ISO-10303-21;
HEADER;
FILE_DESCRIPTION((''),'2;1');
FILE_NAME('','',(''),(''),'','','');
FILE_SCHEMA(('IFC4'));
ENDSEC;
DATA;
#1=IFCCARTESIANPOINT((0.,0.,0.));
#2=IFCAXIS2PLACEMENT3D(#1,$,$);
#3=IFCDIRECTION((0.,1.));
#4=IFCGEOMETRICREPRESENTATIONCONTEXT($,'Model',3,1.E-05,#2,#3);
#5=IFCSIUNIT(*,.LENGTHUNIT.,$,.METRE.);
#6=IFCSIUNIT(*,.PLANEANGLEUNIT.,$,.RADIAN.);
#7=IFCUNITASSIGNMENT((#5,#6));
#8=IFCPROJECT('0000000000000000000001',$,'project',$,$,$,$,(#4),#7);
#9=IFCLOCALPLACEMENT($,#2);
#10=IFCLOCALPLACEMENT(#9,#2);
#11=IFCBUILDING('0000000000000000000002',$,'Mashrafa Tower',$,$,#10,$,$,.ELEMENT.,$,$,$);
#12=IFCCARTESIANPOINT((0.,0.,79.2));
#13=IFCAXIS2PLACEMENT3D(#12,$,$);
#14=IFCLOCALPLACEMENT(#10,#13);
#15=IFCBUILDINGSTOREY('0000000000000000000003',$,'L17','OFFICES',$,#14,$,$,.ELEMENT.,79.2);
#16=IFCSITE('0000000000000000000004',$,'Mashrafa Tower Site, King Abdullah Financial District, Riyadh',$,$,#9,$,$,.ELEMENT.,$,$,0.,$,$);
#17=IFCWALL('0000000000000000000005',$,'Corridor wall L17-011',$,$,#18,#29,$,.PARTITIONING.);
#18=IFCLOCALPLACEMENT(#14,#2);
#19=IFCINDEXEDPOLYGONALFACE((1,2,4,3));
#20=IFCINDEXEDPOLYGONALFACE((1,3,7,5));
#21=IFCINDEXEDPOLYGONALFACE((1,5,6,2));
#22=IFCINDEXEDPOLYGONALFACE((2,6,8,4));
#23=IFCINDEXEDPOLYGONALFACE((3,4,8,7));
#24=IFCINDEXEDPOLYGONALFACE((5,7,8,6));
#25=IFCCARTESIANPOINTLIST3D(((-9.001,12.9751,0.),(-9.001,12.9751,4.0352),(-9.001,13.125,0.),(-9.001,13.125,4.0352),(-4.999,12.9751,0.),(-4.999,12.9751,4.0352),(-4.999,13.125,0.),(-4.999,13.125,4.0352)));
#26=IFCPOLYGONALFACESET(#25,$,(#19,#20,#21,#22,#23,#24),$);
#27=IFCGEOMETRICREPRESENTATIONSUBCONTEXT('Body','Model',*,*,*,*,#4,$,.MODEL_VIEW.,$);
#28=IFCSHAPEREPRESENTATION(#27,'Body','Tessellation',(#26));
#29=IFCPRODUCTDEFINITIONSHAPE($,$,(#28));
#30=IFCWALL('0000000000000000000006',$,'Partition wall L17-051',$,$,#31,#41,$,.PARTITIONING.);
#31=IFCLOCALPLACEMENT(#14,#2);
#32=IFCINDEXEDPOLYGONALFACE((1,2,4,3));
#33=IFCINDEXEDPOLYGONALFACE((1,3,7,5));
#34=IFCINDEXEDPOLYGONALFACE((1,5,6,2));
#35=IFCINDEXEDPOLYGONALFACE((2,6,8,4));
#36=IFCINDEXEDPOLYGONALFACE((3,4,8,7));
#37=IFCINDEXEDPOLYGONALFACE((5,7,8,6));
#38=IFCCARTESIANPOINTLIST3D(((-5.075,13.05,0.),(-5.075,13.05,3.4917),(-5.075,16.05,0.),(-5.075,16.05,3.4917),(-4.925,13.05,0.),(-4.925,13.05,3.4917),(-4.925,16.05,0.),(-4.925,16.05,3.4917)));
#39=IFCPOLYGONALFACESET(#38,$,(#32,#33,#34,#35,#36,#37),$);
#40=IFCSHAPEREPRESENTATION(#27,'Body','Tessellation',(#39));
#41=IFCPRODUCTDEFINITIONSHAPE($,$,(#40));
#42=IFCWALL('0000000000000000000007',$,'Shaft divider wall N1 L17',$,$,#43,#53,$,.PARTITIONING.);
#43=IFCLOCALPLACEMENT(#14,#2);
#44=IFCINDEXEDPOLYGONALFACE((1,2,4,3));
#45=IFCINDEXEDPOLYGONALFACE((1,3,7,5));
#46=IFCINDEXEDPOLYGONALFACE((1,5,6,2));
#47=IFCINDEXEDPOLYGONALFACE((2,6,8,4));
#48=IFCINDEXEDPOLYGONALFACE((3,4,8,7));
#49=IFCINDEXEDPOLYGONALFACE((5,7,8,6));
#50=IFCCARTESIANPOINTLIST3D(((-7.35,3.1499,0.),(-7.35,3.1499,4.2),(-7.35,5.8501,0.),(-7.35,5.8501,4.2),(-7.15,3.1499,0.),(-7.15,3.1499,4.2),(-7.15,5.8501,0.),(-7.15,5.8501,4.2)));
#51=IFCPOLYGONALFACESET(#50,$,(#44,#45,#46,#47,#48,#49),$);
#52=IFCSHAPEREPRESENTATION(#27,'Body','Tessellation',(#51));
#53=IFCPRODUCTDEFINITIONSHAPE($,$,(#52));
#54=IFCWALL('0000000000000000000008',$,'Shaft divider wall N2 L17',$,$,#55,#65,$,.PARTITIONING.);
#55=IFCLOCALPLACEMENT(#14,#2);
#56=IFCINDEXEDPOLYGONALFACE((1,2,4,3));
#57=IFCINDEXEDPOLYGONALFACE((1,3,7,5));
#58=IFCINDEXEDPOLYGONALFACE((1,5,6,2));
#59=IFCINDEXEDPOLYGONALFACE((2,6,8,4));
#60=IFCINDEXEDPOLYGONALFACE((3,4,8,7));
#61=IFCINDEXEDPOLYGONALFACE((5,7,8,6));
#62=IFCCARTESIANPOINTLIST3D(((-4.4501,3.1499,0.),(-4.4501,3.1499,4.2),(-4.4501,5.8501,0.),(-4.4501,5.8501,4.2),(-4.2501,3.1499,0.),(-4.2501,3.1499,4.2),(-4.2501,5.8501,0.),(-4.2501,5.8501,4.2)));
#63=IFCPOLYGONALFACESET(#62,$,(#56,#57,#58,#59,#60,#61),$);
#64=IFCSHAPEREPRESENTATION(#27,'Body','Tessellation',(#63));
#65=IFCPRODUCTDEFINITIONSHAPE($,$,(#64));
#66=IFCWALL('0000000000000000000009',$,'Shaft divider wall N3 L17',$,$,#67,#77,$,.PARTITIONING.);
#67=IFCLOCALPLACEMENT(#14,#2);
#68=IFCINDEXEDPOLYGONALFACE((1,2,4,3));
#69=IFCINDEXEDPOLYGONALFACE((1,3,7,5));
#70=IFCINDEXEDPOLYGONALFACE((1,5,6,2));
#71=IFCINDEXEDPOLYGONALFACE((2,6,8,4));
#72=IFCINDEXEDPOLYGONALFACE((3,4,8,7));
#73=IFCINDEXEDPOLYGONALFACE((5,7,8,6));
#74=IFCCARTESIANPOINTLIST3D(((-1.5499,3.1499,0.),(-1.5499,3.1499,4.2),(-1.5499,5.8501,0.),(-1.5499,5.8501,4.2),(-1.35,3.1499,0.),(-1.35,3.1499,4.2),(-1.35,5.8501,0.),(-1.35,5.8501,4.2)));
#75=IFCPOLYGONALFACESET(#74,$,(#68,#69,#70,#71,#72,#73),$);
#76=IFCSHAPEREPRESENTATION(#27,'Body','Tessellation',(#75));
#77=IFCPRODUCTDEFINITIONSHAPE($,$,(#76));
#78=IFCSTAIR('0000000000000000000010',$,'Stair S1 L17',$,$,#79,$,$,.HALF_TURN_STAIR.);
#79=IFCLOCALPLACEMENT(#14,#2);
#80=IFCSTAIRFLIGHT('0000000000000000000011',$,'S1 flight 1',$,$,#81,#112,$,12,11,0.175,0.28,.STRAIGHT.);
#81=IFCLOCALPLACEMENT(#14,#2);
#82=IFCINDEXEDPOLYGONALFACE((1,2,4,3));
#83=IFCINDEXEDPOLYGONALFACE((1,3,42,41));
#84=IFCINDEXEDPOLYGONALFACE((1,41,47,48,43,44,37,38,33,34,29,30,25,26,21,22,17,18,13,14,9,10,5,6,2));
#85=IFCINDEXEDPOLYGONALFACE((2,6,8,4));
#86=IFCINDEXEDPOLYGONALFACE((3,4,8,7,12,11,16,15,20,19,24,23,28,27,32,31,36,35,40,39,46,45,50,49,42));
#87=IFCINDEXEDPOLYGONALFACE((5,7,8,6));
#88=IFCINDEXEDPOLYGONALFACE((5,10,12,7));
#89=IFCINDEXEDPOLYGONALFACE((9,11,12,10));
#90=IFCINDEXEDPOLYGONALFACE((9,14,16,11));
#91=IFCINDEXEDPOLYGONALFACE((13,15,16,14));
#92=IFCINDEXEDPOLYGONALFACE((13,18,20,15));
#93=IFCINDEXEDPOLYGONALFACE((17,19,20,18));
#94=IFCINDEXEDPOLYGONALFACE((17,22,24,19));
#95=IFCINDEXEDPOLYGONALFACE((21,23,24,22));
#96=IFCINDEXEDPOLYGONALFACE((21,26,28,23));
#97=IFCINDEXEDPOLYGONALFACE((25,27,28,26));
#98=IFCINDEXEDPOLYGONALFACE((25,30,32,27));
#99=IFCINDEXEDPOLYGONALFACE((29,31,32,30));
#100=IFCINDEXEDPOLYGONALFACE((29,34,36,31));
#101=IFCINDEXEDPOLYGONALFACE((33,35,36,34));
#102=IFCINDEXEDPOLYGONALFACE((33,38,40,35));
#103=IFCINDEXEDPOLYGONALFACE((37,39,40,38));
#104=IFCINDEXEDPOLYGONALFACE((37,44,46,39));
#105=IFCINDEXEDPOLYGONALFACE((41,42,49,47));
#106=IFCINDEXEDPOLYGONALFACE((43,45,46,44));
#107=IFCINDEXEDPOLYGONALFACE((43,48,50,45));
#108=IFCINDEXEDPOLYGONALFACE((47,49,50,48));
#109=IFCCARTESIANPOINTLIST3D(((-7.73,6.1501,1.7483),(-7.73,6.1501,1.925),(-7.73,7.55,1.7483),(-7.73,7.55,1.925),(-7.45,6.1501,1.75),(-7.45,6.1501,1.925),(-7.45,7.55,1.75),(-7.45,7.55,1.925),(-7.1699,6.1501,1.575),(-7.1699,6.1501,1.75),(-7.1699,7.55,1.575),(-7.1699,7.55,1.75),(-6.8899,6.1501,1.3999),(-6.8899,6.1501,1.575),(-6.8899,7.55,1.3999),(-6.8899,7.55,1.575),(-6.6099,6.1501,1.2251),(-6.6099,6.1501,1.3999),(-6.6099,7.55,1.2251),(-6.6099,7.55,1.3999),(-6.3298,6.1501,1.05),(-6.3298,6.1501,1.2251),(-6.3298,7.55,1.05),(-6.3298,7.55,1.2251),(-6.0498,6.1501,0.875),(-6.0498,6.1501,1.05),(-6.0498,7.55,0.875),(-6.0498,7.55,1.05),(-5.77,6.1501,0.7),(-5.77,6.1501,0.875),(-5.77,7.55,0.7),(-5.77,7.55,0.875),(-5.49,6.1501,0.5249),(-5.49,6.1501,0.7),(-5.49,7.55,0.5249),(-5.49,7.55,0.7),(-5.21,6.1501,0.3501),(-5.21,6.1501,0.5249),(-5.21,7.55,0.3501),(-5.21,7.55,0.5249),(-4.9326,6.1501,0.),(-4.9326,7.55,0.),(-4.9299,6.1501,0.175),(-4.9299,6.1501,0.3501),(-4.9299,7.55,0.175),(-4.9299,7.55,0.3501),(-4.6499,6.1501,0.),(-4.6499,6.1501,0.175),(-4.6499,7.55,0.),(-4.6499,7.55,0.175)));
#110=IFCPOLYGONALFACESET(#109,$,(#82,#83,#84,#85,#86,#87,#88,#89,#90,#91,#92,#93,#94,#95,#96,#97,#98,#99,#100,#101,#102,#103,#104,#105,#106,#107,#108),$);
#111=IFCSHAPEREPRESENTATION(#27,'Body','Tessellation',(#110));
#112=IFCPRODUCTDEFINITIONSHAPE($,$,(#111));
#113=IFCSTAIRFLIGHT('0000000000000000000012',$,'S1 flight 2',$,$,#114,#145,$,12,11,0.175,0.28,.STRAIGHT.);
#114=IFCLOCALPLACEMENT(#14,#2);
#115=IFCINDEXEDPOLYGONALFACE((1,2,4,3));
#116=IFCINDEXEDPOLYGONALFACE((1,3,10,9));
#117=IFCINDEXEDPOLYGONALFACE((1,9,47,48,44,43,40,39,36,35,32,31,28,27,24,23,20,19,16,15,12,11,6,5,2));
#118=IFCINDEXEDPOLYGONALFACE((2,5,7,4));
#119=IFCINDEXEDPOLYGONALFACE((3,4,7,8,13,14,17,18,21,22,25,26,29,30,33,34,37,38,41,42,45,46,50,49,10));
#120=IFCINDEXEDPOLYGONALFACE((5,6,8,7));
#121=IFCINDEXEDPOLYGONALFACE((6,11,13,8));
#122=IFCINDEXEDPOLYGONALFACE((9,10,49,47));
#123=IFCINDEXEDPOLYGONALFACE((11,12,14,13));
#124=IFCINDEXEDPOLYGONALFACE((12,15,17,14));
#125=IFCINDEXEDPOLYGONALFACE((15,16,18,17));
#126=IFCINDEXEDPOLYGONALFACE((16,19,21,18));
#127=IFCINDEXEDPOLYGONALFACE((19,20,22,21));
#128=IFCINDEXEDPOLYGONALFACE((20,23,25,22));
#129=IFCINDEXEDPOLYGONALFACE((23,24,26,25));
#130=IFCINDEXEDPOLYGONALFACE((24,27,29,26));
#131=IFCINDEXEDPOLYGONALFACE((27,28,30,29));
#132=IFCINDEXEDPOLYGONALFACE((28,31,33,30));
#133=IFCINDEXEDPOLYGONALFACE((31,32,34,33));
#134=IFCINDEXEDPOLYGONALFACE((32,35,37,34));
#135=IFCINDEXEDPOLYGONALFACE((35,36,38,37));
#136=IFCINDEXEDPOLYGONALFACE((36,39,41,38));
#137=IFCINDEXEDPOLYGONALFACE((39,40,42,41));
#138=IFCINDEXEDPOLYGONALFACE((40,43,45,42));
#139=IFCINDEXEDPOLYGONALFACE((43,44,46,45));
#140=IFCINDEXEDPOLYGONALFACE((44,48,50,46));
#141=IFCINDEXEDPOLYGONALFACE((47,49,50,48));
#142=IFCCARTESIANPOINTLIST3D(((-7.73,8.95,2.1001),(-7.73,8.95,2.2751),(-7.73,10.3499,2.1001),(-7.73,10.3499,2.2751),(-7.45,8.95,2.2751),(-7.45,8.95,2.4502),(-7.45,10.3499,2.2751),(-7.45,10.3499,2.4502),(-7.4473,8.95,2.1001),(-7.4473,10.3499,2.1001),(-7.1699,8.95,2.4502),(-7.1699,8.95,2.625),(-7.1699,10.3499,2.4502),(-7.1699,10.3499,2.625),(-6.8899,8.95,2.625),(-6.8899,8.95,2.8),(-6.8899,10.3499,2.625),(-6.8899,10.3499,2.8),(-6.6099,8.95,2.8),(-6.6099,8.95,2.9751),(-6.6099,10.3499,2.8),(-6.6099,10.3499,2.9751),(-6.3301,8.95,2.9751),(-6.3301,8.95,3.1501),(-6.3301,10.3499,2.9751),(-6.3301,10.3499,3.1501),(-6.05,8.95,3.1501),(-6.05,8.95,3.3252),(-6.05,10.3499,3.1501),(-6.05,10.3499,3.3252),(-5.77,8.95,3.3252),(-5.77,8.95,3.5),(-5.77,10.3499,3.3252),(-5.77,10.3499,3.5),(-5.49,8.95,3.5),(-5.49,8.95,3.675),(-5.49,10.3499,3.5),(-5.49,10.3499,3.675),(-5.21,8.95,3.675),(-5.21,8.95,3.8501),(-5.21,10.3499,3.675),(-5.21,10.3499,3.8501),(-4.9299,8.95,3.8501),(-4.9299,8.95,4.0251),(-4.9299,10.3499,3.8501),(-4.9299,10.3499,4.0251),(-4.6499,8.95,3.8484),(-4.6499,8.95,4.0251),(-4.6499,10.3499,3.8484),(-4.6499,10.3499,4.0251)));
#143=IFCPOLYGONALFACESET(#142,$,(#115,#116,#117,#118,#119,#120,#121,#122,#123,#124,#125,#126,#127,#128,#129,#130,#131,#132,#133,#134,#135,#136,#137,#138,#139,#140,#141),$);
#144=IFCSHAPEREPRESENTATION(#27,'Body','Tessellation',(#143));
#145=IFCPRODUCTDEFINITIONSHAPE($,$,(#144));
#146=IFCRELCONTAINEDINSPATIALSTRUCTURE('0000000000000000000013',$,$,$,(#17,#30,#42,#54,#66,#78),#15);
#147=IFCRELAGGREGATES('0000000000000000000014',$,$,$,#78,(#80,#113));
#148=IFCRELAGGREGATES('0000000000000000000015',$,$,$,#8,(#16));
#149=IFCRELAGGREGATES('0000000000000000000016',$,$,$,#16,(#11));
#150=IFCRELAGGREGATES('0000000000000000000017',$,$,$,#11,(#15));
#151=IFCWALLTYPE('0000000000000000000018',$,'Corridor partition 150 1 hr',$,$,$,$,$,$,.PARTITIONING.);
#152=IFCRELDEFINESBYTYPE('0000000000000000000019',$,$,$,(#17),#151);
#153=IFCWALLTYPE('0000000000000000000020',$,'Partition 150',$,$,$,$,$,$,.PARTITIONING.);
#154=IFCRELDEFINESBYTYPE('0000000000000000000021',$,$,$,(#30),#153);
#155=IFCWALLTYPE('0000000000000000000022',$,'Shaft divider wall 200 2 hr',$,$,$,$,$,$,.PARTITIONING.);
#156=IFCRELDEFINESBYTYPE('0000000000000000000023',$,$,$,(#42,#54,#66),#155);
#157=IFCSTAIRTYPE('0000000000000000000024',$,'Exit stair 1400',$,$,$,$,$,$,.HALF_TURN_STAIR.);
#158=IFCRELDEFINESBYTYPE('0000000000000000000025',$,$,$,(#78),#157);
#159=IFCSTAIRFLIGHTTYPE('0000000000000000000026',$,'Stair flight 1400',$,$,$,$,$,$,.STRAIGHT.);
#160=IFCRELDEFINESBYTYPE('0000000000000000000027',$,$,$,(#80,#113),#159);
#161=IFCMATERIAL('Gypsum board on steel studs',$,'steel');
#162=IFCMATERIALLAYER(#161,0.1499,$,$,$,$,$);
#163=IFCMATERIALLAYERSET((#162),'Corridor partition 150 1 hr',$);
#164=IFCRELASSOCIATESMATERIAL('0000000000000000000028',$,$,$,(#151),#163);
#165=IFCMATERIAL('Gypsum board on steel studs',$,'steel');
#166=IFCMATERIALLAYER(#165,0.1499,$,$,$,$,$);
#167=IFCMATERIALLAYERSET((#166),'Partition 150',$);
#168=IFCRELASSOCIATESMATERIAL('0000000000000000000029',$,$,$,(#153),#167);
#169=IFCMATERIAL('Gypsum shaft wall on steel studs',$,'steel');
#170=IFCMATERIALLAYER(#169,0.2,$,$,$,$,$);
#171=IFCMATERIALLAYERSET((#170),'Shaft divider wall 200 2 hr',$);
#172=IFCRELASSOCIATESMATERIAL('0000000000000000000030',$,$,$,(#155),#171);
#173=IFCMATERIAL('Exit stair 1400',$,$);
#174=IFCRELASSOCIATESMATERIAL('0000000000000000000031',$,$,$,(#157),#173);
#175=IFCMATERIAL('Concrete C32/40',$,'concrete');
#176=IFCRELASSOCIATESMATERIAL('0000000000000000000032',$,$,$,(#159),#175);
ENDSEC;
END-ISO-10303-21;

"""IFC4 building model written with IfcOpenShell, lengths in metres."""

from ifc_helpers import new_model, si_unit, direction, frame, frame_2d, origin, place, context, subcontext, project, spatial, polyline, rectangle, outline, extrude, material, layer, layer_set, type_object, element, aggregate, save


model = new_model("IFC4")

# Units and contexts
model_context = context("Model", 3, precision=1e-05, world=origin(), true_north=direction((0.0, 1.0)))
body_context = subcontext(model_context, "Body", "Model", "MODEL_VIEW")
ifc_project = project(units=[si_unit("LENGTHUNIT", "METRE"), si_unit("PLANEANGLEUNIT", "RADIAN")], contexts=[model_context])

# Site, building, storey
site_placement = place(None, origin())
site = spatial("IfcSite", under=ifc_project, at=site_placement, Name="Mashrafa Tower Site, King Abdullah Financial District, Riyadh", CompositionType="ELEMENT", RefElevation=0.0)
building_placement = place(site_placement, origin())
building = spatial("IfcBuilding", under=site, at=building_placement, Name="Mashrafa Tower", CompositionType="ELEMENT")
storey_placement = place(building_placement, frame((0.0, 0.0, 79.2)))
storey = spatial("IfcBuildingStorey", under=building, at=storey_placement, Name="L17", Description="OFFICES", CompositionType="ELEMENT", Elevation=79.2)

# Walls
ifc_material_1 = material(Name="Gypsum board on steel studs", Category="steel")
ifc_layer_1 = layer(ifc_material_1, 0.1499)
ifc_layer_set_1 = layer_set([ifc_layer_1], Name="Corridor partition 150 1 hr")
wall_type_1 = type_object("IfcWallType", Name="Corridor partition 150 1 hr", PredefinedType="PARTITIONING", material=ifc_layer_set_1)
wall_1_placement = place(storey_placement, frame((-4.999, 13.05, 0.0), z_axis=(0.0, 0.0, 1.0), x_axis=(-1.0, 0.0, 0.0)))
element("IfcWall", 1, at=wall_1_placement, inside=storey, type_object=wall_type_1, Name="Corridor wall L17-011", PredefinedType="PARTITIONING", context=body_context, shape_type="SweptSolid", body=[
    extrude(rectangle(XDim=4.002, YDim=0.1499, at=frame_2d((2.001, 0.0))), origin(), (0.0, 0.0, 1.0), 4.0352),
])
ifc_material_2 = material(Name="Gypsum board on steel studs", Category="steel")
ifc_layer_2 = layer(ifc_material_2, 0.1499)
ifc_layer_set_2 = layer_set([ifc_layer_2], Name="Partition 150")
wall_type_2 = type_object("IfcWallType", Name="Partition 150", PredefinedType="PARTITIONING", material=ifc_layer_set_2)
wall_2_placement = place(storey_placement, frame((-5.0, 13.05, 0.0), z_axis=(0.0, 0.0, 1.0), x_axis=(0.0, 1.0, 0.0)))
element("IfcWall", 2, at=wall_2_placement, inside=storey, type_object=wall_type_2, Name="Partition wall L17-051", PredefinedType="PARTITIONING", context=body_context, shape_type="SweptSolid", body=[
    extrude(rectangle(XDim=3.0, YDim=0.1499, at=frame_2d((1.5, 0.0))), origin(), (0.0, 0.0, 1.0), 3.4917),
])
ifc_material_3 = material(Name="Gypsum shaft wall on steel studs", Category="steel")
ifc_layer_3 = layer(ifc_material_3, 0.2)
ifc_layer_set_3 = layer_set([ifc_layer_3], Name="Shaft divider wall 200 2 hr")
wall_type_3 = type_object("IfcWallType", Name="Shaft divider wall 200 2 hr", PredefinedType="PARTITIONING", material=ifc_layer_set_3)
for number, where, z_axis, x_axis, name in (
    (3, (-7.25, 3.1499, 0.0), (0.0, 0.0, 1.0), (0.0, 1.0, 0.0), "Shaft divider wall N1 L17"),
    (4, (-4.3501, 3.1499, 0.0), (0.0, 0.0, 1.0), (0.0, 1.0, 0.0), "Shaft divider wall N2 L17"),
    (5, (-1.45, 3.1499, 0.0), (0.0, 0.0, 1.0), (0.0, 1.0, 0.0), "Shaft divider wall N3 L17"),
):
    element("IfcWall", number, at=place(storey_placement, frame(where, z_axis=z_axis, x_axis=x_axis)), inside=storey, type_object=wall_type_3, Name=name, PredefinedType="PARTITIONING", context=body_context, shape_type="SweptSolid", body=[
        extrude(rectangle(XDim=2.7002, YDim=0.2, at=frame_2d((1.3501, 0.0))), origin(), (0.0, 0.0, 1.0), 4.2),
    ])

# Stair, stair flights
ifc_material_4 = material(Name="Exit stair 1400")
stair_type = type_object("IfcStairType", Name="Exit stair 1400", PredefinedType="HALF_TURN_STAIR", material=ifc_material_4)
stair_placement = place(storey_placement, origin())
stair = element("IfcStair", 6, at=stair_placement, inside=storey, type_object=stair_type, Name="Stair S1 L17", PredefinedType="HALF_TURN_STAIR")
ifc_material_5 = material(Name="Concrete C32/40", Category="concrete")
stair_flight_type = type_object("IfcStairFlightType", Name="Stair flight 1400", PredefinedType="STRAIGHT", material=ifc_material_5)
stair_flight_1_placement = place(storey_placement, frame((-4.6499, 6.8501, 0.0), z_axis=(0.0, 0.0, 1.0), x_axis=(-1.0, 0.0, 0.0)))
stair_flight_1 = element("IfcStairFlight", 7, at=stair_flight_1_placement, type_object=stair_flight_type, Name="S1 flight 1", NumberOfRisers=12, NumberOfTreads=11, PredefinedType="STRAIGHT", RiserHeight=0.175, TreadLength=0.28, context=body_context, shape_type="SweptSolid", body=[
    extrude(outline(polyline([(0.0, 0.0), (0.0, 0.175), (0.28, 0.175), (0.28, 0.3501), (0.5601, 0.3501), (0.5601, 0.5249), (0.8401, 0.5249), (0.8401, 0.7), (1.1201, 0.7), (1.1201, 0.875), (1.3999, 0.875), (1.3999, 1.05), (1.6799, 1.05), (1.6799, 1.2251), (1.96, 1.2251), (1.96, 1.3999), (2.24, 1.3999), (2.24, 1.575), (2.52, 1.575), (2.52, 1.75), (2.8, 1.75), (2.8, 1.925), (3.0801, 1.925), (3.0801, 2.1001), (3.0801, 1.7483), (0.2827, 0.0), (0.0, 0.0)])), frame((0.0, 0.7, 0.0), z_axis=(0.0, -1.0, 0.0), x_axis=(1.0, 0.0, 0.0)), (0.0, 0.0, 1.0), 1.3999),
])
stair_flight_2_placement = place(storey_placement, frame((-7.73, 9.6499, 2.1001), z_axis=(0.0, 0.0, 1.0), x_axis=(1.0, 0.0, 0.0)))
stair_flight_2 = element("IfcStairFlight", 8, at=stair_flight_2_placement, type_object=stair_flight_type, Name="S1 flight 2", NumberOfRisers=12, NumberOfTreads=11, PredefinedType="STRAIGHT", RiserHeight=0.175, TreadLength=0.28, context=body_context, shape_type="SweptSolid", body=[
    extrude(outline(polyline([(0.0, 0.0), (0.0, 0.175), (0.28, 0.175), (0.28, 0.3501), (0.5601, 0.3501), (0.5601, 0.5249), (0.8401, 0.5249), (0.8401, 0.7), (1.1201, 0.7), (1.1201, 0.875), (1.3999, 0.875), (1.3999, 1.05), (1.6799, 1.05), (1.6799, 1.2251), (1.96, 1.2251), (1.96, 1.3999), (2.24, 1.3999), (2.24, 1.575), (2.52, 1.575), (2.52, 1.75), (2.8, 1.75), (2.8, 1.925), (3.0801, 1.925), (3.0801, 2.1001), (3.0801, 1.7483), (0.2827, 0.0), (0.0, 0.0)])), frame((0.0, 0.7, 0.0), z_axis=(0.0, -1.0, 0.0), x_axis=(1.0, 0.0, 0.0)), (0.0, 0.0, 1.0), 1.3999),
])
aggregate(stair, [stair_flight_1, stair_flight_2])

save(model, "model.ifc")
